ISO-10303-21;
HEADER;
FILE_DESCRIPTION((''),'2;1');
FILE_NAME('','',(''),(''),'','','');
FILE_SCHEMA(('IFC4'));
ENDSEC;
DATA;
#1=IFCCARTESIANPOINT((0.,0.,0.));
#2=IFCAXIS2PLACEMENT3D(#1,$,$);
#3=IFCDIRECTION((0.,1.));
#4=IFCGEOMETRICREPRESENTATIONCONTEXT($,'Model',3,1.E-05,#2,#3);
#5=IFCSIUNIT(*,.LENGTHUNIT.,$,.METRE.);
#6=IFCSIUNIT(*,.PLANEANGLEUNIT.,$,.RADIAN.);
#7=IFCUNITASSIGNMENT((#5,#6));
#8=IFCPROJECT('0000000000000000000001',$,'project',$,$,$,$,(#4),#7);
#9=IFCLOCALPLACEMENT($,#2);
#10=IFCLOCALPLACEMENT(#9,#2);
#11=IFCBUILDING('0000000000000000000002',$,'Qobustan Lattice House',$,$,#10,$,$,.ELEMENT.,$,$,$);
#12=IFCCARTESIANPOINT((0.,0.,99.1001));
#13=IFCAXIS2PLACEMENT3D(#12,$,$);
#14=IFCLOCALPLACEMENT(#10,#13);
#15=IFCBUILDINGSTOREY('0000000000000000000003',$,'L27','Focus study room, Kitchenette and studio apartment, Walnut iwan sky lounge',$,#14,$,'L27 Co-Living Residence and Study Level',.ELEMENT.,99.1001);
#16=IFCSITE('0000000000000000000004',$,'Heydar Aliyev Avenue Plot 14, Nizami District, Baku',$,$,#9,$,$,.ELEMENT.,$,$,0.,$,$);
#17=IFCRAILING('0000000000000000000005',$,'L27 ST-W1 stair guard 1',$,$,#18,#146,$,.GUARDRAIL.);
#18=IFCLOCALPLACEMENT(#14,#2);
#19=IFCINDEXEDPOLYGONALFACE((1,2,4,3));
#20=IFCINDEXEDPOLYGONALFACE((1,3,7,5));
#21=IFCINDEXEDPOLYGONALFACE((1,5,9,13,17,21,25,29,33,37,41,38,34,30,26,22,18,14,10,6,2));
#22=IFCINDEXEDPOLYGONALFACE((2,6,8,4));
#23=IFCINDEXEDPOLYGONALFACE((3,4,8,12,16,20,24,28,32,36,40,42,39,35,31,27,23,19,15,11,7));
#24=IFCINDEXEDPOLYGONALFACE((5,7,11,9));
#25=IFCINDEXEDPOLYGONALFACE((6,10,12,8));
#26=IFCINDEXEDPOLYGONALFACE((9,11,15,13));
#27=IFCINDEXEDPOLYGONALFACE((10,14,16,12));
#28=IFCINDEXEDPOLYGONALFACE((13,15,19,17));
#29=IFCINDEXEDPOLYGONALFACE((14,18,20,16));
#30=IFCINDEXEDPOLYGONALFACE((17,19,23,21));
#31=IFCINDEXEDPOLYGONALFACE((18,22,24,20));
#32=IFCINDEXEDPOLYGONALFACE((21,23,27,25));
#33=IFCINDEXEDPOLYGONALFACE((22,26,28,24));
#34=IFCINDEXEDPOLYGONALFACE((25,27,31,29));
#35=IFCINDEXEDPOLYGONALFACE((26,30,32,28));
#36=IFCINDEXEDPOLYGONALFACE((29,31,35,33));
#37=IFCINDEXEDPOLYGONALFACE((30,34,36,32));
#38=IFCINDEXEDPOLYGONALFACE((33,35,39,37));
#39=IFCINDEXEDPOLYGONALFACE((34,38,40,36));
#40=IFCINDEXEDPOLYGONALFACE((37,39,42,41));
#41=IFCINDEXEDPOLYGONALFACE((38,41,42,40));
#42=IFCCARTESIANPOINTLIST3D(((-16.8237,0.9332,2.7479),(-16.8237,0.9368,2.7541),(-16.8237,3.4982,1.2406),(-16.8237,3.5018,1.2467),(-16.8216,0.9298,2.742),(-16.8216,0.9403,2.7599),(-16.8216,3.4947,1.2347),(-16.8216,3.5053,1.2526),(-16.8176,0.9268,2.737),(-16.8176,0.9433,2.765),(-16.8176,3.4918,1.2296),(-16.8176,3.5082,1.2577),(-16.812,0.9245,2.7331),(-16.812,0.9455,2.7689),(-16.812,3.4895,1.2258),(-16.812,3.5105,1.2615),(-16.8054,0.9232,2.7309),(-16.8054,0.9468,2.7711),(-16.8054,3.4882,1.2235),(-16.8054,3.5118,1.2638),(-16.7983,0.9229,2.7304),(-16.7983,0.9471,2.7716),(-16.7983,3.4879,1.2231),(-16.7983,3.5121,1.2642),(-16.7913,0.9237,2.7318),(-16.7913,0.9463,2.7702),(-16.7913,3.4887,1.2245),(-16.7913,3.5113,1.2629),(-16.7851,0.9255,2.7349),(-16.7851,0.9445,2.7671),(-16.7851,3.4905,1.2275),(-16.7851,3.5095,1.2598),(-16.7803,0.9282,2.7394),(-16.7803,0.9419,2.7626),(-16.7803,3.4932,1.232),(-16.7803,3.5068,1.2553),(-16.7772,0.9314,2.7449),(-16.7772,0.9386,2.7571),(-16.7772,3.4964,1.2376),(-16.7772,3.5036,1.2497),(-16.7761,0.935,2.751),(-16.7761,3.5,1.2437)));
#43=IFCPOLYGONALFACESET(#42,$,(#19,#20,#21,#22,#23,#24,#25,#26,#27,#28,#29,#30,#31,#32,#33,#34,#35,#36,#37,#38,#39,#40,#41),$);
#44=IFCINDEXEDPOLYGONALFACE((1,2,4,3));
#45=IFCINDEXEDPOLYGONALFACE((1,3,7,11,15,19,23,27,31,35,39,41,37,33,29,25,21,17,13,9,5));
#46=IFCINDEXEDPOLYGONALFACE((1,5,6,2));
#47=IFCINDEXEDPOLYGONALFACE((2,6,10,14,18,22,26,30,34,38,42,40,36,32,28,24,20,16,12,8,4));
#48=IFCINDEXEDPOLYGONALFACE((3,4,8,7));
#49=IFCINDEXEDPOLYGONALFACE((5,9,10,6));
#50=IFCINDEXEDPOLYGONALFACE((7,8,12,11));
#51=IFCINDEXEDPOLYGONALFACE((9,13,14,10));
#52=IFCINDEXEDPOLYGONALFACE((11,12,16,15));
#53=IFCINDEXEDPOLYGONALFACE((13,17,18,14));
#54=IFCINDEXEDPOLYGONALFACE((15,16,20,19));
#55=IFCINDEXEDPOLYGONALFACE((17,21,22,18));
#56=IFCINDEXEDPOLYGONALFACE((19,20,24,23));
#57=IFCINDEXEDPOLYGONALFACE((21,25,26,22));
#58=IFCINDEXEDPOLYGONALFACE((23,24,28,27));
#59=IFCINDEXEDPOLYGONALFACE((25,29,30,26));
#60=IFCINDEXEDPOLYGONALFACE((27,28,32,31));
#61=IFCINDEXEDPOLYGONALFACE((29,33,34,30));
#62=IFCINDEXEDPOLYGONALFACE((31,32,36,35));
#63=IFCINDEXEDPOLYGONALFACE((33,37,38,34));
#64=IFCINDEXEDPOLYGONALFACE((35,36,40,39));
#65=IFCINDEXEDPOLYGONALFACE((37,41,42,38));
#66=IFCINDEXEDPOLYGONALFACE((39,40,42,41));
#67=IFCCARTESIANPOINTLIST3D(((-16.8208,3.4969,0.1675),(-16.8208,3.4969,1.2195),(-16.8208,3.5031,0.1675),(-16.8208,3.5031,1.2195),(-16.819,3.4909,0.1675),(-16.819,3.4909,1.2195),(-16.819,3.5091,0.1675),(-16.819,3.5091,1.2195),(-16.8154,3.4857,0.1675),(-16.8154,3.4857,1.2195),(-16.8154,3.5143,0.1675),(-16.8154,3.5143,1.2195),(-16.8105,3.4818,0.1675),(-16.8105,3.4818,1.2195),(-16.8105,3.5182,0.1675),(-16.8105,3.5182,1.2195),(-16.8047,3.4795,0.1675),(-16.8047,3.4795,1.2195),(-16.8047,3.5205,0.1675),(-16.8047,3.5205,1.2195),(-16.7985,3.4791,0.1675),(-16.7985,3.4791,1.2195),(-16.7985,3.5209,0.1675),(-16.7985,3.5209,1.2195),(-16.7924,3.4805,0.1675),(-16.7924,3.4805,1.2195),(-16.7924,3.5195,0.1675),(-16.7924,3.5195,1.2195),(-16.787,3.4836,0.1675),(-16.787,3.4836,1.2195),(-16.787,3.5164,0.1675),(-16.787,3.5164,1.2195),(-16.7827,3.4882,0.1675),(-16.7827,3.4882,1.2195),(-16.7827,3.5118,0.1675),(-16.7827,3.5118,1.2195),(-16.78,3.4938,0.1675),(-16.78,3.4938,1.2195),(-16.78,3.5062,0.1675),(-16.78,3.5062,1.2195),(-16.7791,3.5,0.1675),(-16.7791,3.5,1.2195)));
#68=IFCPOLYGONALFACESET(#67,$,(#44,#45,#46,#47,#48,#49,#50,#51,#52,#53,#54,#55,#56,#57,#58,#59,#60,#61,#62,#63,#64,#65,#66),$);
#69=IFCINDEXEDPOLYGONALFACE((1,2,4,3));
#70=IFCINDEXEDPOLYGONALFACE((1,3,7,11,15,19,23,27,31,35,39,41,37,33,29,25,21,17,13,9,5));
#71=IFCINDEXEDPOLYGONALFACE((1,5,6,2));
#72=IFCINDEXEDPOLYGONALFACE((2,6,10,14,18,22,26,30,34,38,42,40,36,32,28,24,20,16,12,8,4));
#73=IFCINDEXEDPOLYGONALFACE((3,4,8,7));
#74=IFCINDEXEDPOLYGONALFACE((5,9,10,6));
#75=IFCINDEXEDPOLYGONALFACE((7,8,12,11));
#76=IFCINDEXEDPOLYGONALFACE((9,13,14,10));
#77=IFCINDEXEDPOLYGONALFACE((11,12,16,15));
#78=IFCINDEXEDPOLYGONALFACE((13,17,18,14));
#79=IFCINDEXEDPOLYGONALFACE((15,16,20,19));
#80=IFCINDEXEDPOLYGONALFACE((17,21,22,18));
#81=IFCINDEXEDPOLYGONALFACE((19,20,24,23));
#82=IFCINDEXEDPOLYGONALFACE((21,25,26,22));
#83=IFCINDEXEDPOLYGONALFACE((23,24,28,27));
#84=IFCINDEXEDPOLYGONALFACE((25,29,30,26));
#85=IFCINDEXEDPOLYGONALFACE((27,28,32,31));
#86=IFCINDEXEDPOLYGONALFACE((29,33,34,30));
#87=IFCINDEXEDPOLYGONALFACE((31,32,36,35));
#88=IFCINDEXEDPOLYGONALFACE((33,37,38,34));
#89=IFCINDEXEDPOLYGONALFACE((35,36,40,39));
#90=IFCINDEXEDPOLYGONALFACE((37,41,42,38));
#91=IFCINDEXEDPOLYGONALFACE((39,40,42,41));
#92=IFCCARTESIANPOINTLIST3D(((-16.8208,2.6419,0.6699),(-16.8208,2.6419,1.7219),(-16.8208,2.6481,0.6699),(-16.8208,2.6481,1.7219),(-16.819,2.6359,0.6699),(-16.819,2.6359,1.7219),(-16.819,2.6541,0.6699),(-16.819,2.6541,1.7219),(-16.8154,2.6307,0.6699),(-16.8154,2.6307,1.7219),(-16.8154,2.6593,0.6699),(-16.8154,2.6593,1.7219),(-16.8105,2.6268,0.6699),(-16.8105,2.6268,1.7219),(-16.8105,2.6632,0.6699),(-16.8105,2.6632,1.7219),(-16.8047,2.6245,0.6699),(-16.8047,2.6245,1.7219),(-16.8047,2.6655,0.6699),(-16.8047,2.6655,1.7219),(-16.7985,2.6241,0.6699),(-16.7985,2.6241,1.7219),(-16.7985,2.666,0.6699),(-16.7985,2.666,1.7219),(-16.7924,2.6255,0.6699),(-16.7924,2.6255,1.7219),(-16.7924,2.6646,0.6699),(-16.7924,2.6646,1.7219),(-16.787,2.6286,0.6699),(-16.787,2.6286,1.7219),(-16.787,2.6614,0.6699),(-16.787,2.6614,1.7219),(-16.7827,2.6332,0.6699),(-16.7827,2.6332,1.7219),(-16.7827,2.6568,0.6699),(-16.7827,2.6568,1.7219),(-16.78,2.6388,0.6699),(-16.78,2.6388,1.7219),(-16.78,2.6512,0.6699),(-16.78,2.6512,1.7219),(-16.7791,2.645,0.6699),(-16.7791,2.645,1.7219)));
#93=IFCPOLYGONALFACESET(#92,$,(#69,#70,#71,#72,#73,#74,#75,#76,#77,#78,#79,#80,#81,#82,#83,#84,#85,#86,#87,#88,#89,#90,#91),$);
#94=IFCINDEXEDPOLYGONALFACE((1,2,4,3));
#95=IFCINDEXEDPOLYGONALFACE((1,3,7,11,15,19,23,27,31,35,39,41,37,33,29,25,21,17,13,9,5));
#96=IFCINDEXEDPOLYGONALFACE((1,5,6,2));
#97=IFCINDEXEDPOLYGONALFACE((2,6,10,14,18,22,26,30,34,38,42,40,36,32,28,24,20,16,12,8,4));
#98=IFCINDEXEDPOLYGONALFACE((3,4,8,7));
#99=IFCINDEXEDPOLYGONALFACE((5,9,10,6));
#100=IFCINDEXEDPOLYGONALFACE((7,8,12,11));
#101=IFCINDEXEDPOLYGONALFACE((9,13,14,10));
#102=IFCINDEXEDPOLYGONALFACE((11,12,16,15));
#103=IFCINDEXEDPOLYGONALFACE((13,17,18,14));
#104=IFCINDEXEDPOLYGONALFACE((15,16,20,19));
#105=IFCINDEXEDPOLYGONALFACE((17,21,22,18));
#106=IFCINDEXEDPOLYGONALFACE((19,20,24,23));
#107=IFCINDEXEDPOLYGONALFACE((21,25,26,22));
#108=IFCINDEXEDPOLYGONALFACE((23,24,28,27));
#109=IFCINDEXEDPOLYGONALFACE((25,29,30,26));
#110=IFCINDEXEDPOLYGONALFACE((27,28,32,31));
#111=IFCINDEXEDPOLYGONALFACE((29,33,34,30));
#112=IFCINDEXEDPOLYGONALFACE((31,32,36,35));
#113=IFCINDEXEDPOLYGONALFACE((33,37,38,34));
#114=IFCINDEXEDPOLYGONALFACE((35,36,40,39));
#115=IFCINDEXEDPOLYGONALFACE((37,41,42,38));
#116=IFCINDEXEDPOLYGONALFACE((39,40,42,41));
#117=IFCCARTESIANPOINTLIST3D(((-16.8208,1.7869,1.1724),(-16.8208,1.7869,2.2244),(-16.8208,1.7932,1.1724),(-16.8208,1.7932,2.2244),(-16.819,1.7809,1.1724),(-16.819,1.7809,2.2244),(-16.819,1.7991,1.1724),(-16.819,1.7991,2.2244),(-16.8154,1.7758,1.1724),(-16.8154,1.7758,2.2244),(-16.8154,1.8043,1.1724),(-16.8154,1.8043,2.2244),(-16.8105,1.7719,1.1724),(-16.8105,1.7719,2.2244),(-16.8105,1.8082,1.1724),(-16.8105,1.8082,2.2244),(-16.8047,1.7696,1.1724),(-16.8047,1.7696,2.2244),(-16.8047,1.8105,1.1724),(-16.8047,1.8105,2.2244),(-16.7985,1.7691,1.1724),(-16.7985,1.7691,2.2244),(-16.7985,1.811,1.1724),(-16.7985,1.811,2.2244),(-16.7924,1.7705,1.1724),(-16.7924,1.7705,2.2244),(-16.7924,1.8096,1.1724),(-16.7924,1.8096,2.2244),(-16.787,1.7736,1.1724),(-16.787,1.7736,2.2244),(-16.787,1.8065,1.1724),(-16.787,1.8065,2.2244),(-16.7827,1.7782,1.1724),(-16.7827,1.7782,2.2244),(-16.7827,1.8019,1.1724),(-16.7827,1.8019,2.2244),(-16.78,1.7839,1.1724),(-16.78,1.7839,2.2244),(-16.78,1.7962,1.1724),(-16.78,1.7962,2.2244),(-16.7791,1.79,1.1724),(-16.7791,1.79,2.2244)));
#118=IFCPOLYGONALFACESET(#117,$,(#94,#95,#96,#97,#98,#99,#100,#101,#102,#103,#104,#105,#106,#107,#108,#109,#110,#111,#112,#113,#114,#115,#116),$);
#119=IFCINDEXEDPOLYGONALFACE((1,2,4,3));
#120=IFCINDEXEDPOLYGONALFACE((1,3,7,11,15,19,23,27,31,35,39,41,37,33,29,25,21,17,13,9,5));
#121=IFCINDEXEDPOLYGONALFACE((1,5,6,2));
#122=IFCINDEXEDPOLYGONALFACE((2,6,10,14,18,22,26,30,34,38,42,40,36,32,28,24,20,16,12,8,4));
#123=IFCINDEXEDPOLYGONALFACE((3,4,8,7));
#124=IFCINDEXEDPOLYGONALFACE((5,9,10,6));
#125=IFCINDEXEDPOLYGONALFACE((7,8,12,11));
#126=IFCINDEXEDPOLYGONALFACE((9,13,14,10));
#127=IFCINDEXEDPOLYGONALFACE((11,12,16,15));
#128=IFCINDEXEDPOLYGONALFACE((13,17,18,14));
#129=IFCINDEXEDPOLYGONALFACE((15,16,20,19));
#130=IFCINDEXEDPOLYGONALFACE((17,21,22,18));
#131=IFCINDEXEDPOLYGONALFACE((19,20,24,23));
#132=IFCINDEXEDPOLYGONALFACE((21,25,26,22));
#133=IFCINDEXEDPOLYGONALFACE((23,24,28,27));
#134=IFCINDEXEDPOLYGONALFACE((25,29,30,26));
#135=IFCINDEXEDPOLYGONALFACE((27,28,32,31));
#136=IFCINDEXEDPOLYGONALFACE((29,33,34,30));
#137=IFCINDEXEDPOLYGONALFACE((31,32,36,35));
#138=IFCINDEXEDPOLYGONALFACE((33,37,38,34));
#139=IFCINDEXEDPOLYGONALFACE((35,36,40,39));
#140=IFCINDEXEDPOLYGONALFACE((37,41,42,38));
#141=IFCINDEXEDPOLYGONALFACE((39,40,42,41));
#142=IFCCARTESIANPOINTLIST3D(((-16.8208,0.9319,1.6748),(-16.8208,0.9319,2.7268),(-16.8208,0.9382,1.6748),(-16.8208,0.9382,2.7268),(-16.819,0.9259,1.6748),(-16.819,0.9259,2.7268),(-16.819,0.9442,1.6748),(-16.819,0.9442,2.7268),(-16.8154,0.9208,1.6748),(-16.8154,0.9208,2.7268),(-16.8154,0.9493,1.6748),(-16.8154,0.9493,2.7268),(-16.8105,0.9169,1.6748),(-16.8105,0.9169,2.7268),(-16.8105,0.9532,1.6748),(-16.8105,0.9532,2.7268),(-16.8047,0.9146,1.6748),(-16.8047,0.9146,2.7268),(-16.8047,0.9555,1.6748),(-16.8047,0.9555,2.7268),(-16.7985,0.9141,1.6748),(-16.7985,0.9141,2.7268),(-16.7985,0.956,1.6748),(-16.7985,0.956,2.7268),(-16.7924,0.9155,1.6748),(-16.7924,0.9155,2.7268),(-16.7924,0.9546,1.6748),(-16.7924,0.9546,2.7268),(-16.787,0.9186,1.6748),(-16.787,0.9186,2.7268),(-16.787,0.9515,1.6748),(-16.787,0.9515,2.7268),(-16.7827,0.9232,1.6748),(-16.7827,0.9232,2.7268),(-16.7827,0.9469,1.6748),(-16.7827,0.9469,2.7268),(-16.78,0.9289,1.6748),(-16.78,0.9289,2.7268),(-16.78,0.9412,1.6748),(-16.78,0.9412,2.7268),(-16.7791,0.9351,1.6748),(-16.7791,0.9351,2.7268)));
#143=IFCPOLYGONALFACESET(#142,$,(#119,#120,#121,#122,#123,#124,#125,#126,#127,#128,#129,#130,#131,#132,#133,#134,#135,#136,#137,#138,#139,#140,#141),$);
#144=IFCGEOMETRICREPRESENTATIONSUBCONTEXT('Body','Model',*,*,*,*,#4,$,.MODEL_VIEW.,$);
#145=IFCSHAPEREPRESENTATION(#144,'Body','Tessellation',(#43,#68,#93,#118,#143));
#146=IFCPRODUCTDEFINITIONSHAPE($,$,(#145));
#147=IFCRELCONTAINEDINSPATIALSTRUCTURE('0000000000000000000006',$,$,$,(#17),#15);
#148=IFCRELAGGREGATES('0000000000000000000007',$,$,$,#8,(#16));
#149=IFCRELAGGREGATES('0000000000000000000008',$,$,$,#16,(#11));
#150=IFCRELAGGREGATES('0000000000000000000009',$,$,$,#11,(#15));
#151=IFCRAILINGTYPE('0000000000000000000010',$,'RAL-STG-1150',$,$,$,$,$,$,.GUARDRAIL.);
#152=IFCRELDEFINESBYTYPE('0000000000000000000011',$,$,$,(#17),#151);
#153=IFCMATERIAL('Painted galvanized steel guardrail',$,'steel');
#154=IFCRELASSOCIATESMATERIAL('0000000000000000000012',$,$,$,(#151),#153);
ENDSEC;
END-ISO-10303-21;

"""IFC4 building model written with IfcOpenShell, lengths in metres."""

from ifc_helpers import new_model, si_unit, direction, frame, origin, origin_2d, place, context, subcontext, project, spatial, circle, extrude, material, type_object, element, save


model = new_model("IFC4")

# Units and contexts
model_context = context("Model", 3, precision=1e-05, world=origin(), true_north=direction((0.0, 1.0)))
body_context = subcontext(model_context, "Body", "Model", "MODEL_VIEW")
ifc_project = project(units=[si_unit("LENGTHUNIT", "METRE"), si_unit("PLANEANGLEUNIT", "RADIAN")], contexts=[model_context])

# Site, building, storey
site_placement = place(None, origin())
site = spatial("IfcSite", under=ifc_project, at=site_placement, Name="Heydar Aliyev Avenue Plot 14, Nizami District, Baku", CompositionType="ELEMENT", RefElevation=0.0)
building_placement = place(site_placement, origin())
building = spatial("IfcBuilding", under=site, at=building_placement, Name="Qobustan Lattice House", CompositionType="ELEMENT")
storey_placement = place(building_placement, frame((0.0, 0.0, 99.1001)))
storey = spatial("IfcBuildingStorey", under=building, at=storey_placement, Name="L27", Description="Focus study room, Kitchenette and studio apartment, Walnut iwan sky lounge", LongName="L27 Co-Living Residence and Study Level", CompositionType="ELEMENT", Elevation=99.1001)

# Railing
ifc_material_1 = material(Name="Painted galvanized steel guardrail", Category="steel")
railing_type_1 = type_object("IfcRailingType", Name="RAL-STG-1150", PredefinedType="GUARDRAIL", material=ifc_material_1)
railing_1_placement = place(storey_placement, frame((-16.8, 3.5, 0.1675)))
element("IfcRailing", 1, at=railing_1_placement, inside=storey, type_object=railing_type_1, Name="L27 ST-W1 stair guard 1", PredefinedType="GUARDRAIL", context=body_context, shape_type="SweptSolid", body=[
    extrude(circle(Radius=0.0239, at=origin_2d()), frame((0.0, 0.0, 1.0762), z_axis=(0.0, -0.862149, 0.506654), x_axis=(1.0, 0.0, 0.0)), (0.0, 0.0, 1.0), 2.9751),
    extrude(circle(Radius=0.021, at=origin_2d()), origin(), (0.0, 0.0, 1.0), 1.052),
    extrude(circle(Radius=0.021, at=origin_2d()), frame((0.0, -0.855, 0.5024)), (0.0, 0.0, 1.0), 1.052),
    extrude(circle(Radius=0.021, at=origin_2d()), frame((0.0, -1.71, 1.0049)), (0.0, 0.0, 1.0), 1.052),
    extrude(circle(Radius=0.021, at=origin_2d()), frame((0.0, -2.5649, 1.5073)), (0.0, 0.0, 1.0), 1.052),
])

save(model, "model.ifc")
